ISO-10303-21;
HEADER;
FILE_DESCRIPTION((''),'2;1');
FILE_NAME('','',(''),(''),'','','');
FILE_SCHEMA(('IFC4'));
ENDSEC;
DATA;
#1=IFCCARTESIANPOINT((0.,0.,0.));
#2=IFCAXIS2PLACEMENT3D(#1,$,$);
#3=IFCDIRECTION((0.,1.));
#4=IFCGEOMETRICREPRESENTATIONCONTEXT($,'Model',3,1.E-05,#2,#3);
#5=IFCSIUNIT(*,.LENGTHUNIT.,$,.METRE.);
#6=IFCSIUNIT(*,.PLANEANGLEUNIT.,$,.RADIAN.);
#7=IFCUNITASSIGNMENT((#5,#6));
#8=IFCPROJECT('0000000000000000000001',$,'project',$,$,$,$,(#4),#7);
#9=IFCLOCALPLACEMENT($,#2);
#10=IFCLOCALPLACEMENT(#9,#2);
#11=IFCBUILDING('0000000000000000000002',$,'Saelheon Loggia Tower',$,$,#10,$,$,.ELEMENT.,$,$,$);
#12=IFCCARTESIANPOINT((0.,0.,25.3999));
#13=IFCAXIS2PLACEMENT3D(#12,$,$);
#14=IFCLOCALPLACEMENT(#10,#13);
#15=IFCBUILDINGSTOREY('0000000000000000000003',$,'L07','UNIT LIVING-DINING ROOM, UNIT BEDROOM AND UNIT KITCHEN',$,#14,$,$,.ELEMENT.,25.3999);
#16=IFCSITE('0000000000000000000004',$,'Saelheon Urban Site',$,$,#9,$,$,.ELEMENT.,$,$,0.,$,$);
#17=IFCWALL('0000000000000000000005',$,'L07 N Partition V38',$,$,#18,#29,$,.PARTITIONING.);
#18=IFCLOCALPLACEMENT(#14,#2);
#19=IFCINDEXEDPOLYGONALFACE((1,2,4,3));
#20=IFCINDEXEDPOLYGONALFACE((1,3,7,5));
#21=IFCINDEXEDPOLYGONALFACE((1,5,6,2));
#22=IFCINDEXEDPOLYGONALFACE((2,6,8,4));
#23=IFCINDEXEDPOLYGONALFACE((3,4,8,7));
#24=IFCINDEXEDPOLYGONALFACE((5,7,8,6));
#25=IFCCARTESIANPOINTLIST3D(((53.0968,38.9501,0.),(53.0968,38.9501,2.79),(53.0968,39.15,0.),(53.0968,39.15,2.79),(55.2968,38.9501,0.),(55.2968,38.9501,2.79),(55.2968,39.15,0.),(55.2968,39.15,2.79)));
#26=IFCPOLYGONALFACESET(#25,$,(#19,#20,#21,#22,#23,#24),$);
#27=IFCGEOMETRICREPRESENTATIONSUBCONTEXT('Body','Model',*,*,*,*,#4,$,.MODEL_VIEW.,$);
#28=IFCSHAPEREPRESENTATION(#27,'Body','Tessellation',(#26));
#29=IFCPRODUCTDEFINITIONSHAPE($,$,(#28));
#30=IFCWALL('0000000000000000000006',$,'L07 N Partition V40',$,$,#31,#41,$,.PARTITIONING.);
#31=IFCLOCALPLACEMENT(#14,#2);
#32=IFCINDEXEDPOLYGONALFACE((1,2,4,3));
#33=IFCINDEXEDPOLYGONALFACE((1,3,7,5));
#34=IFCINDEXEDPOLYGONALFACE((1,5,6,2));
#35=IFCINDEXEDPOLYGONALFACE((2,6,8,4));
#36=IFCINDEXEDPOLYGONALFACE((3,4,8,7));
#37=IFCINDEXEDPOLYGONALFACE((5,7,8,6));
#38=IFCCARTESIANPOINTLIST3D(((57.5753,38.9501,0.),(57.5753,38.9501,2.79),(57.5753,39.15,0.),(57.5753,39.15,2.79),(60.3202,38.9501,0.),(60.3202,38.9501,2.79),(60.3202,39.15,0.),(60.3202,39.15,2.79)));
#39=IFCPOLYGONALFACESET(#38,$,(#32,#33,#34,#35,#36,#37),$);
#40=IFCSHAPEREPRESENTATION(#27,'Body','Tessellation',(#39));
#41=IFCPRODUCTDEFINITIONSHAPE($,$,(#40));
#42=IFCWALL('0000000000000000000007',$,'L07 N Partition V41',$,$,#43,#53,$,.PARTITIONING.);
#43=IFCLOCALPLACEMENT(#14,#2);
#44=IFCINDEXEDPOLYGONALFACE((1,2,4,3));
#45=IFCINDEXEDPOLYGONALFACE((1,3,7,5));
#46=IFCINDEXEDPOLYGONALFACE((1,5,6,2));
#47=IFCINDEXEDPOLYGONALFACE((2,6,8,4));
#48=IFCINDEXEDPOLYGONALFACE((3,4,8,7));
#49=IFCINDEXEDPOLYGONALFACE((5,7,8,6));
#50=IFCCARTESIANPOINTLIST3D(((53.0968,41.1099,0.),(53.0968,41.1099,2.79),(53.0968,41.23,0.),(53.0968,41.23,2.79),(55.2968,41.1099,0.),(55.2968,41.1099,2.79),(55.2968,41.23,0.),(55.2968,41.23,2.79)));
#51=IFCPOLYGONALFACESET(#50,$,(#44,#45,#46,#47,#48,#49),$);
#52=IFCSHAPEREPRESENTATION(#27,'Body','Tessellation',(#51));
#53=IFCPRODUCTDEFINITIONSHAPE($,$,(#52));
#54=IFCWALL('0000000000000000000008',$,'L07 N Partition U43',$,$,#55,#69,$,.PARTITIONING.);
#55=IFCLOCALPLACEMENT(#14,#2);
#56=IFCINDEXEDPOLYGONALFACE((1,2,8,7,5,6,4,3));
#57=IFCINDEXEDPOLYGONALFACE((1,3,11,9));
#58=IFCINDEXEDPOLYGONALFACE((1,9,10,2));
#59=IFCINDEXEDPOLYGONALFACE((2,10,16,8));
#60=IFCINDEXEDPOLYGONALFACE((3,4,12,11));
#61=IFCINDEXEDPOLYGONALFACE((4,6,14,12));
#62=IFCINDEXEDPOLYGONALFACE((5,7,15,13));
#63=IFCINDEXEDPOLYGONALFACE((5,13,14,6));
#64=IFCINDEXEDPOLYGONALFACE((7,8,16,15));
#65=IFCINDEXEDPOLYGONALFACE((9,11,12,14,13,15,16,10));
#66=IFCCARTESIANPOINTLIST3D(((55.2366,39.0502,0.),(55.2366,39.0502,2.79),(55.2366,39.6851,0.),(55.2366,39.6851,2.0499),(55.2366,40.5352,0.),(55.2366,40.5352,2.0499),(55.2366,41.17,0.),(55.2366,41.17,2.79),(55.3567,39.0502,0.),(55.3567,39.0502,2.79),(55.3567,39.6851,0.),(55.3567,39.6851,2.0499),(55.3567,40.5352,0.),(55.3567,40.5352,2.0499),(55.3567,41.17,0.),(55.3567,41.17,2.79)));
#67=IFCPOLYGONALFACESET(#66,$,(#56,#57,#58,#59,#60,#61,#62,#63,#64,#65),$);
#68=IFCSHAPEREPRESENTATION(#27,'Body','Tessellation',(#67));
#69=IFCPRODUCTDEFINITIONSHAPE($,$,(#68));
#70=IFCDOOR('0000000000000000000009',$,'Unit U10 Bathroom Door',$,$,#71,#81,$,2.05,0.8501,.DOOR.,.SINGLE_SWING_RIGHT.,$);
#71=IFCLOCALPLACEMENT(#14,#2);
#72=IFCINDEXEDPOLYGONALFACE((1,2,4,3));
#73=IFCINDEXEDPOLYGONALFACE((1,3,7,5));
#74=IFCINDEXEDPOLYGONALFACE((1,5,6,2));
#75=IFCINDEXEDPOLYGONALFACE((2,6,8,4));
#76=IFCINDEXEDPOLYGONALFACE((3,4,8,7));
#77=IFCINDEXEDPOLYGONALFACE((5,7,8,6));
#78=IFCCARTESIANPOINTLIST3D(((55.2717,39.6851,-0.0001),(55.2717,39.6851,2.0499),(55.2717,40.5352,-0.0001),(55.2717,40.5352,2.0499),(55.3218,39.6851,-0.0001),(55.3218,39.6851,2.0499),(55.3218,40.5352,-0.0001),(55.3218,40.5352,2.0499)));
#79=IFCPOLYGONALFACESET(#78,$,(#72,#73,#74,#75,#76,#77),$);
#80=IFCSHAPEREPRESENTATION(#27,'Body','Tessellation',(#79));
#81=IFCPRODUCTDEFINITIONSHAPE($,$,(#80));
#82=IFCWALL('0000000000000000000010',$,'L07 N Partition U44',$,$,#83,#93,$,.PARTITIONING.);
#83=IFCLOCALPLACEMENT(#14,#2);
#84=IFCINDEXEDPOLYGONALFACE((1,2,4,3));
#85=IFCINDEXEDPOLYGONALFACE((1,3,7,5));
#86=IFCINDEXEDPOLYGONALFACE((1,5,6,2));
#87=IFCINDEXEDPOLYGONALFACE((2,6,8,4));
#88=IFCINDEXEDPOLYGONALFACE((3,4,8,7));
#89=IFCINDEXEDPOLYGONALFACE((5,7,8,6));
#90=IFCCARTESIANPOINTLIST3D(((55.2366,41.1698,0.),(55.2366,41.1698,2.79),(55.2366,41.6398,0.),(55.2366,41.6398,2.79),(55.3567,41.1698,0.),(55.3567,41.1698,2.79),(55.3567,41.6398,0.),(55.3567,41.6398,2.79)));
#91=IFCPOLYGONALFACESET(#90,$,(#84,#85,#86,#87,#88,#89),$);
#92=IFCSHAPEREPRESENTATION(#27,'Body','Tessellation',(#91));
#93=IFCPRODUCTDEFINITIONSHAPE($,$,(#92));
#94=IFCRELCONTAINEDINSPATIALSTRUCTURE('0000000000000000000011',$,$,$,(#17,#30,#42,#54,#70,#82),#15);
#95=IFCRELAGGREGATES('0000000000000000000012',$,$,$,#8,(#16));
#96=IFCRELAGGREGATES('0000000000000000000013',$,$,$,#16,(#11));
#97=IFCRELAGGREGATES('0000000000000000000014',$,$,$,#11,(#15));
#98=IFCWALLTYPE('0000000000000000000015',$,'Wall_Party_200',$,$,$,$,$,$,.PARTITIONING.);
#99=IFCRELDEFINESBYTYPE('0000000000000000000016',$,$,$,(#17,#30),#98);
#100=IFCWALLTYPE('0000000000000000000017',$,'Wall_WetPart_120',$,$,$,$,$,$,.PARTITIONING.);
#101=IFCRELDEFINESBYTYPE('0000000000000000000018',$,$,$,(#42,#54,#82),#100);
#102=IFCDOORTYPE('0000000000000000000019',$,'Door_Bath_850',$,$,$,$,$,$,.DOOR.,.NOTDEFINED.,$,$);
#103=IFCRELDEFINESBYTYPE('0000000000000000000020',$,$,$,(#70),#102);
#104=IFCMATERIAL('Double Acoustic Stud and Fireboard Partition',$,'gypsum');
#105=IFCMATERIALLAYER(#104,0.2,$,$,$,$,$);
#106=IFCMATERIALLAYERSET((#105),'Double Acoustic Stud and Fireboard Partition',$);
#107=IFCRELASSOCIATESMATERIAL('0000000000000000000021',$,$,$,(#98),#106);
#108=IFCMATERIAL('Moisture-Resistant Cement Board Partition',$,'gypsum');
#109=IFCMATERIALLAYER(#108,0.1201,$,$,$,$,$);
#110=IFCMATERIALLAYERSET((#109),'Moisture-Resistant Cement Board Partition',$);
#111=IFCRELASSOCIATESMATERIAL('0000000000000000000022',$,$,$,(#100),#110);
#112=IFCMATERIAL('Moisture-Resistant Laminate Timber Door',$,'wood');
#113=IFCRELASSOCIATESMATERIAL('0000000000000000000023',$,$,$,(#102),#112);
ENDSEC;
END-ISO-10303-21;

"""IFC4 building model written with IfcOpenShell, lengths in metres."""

from ifc_helpers import new_model, si_unit, direction, frame, frame_2d, origin, place, context, subcontext, project, spatial, rectangle, extrude, source, transform, mapped, material, layer, layer_set, type_object, element, fill, save


model = new_model("IFC4")

# Units and contexts
model_context = context("Model", 3, precision=1e-05, world=origin(), true_north=direction((0.0, 1.0)))
body_context = subcontext(model_context, "Body", "Model", "MODEL_VIEW")
ifc_project = project(units=[si_unit("LENGTHUNIT", "METRE"), si_unit("PLANEANGLEUNIT", "RADIAN")], contexts=[model_context])

# Site, building, storey
site_placement = place(None, origin())
site = spatial("IfcSite", under=ifc_project, at=site_placement, Name="Saelheon Urban Site", CompositionType="ELEMENT", RefElevation=0.0)
building_placement = place(site_placement, origin())
building = spatial("IfcBuilding", under=site, at=building_placement, Name="Saelheon Loggia Tower", CompositionType="ELEMENT")
storey_placement = place(building_placement, frame((0.0, 0.0, 25.3999)))
storey = spatial("IfcBuildingStorey", under=building, at=storey_placement, Name="L07", Description="UNIT LIVING-DINING ROOM, UNIT BEDROOM AND UNIT KITCHEN", CompositionType="ELEMENT", Elevation=25.3999)

# Wall
ifc_material_1 = material(Name="Double Acoustic Stud and Fireboard Partition", Category="gypsum")
ifc_layer_1 = layer(ifc_material_1, 0.2)
ifc_layer_set_1 = layer_set([ifc_layer_1], Name="Double Acoustic Stud and Fireboard Partition")
wall_type_1 = type_object("IfcWallType", Name="Wall_Party_200", PredefinedType="PARTITIONING", material=ifc_layer_set_1)
wall_1_placement = place(storey_placement, frame((53.0967, 39.05, 0.0), z_axis=(0.0, 0.0, 1.0), x_axis=(1.0, 0.0, 0.0)))
element("IfcWall", 1, at=wall_1_placement, inside=storey, type_object=wall_type_1, Name="L07 N Partition V38", PredefinedType="PARTITIONING", context=body_context, shape_type="SweptSolid", body=[
    extrude(rectangle(XDim=2.2, YDim=0.2, at=frame_2d((1.1001, 0.0))), origin(), (0.0, 0.0, 1.0), 2.79),
])

# Walls
wall_2_placement = place(storey_placement, frame((57.5752, 39.05, 0.0), z_axis=(0.0, 0.0, 1.0), x_axis=(1.0, 0.0, 0.0)))
element("IfcWall", 2, at=wall_2_placement, inside=storey, type_object=wall_type_1, Name="L07 N Partition V40", PredefinedType="PARTITIONING", context=body_context, shape_type="SweptSolid", body=[
    extrude(rectangle(XDim=2.7449, YDim=0.2, at=frame_2d((1.3726, 0.0))), origin(), (0.0, 0.0, 1.0), 2.79),
])
ifc_material_2 = material(Name="Moisture-Resistant Cement Board Partition", Category="gypsum")
ifc_layer_2 = layer(ifc_material_2, 0.1201)
ifc_layer_set_2 = layer_set([ifc_layer_2], Name="Moisture-Resistant Cement Board Partition")
wall_type_2 = type_object("IfcWallType", Name="Wall_WetPart_120", PredefinedType="PARTITIONING", material=ifc_layer_set_2)
wall_3_placement = place(storey_placement, frame((53.0967, 41.1699, 0.0), z_axis=(0.0, 0.0, 1.0), x_axis=(1.0, 0.0, 0.0)))
element("IfcWall", 3, at=wall_3_placement, inside=storey, type_object=wall_type_2, Name="L07 N Partition V41", PredefinedType="PARTITIONING", context=body_context, shape_type="SweptSolid", body=[
    extrude(rectangle(XDim=2.2, YDim=0.1201, at=frame_2d((1.1001, 0.0))), origin(), (0.0, 0.0, 1.0), 2.79),
])

# Wall, opening, door
wall_4_placement = place(storey_placement, frame((55.2966, 39.05, 0.0), z_axis=(0.0, 0.0, 1.0), x_axis=(0.0, 1.0, 0.0)))
wall_4 = element("IfcWall", 4, at=wall_4_placement, inside=storey, type_object=wall_type_2, Name="L07 N Partition U43", PredefinedType="PARTITIONING", context=body_context, shape_type="SweptSolid", body=[
    extrude(rectangle(XDim=2.1199, YDim=0.1201, at=frame_2d((1.0601, 0.0))), origin(), (0.0, 0.0, 1.0), 2.79),
])
opening_1_placement = place(wall_4_placement, frame((0.635, 0.0, 0.0)))
opening_1 = element("IfcOpeningElement", 5, at=opening_1_placement, cuts=wall_4, PredefinedType="OPENING", context=body_context, shape_type="SweptSolid", body=[
    extrude(rectangle(XDim=0.8501, YDim=2.05, at=frame_2d((0.425, 1.0249))), frame((0.0, 0.072, 0.0), z_axis=(0.0, -1.0, 0.0), x_axis=(1.0, 0.0, 0.0)), (0.0, 0.0, 1.0), 0.144),
])
ifc_material_3 = material(Name="Moisture-Resistant Laminate Timber Door", Category="wood")
door_type_1 = type_object("IfcDoorType", Name="Door_Bath_850", OperationType="NOTDEFINED", PredefinedType="DOOR", material=ifc_material_3)
shared_shape_1 = source(origin(), body_context, "Body", "SweptSolid", [
    extrude(rectangle(XDim=0.8501, YDim=2.05, at=frame_2d((0.425, 1.0249))), frame((0.0, 0.0249, 0.0), z_axis=(0.0, -1.0, 0.0), x_axis=(1.0, 0.0, 0.0)), (0.0, 0.0, 1.0), 0.05),
])
door_1_placement = place(opening_1_placement, origin())
door_1 = element("IfcDoor", 6, at=door_1_placement, inside=storey, type_object=door_type_1, Name="Unit U10 Bathroom Door", OperationType="SINGLE_SWING_RIGHT", OverallHeight=2.05, OverallWidth=0.8501, PredefinedType="DOOR", context=body_context, shape_type="MappedRepresentation", body=[
    mapped(shared_shape_1, transform((0.0, 0.0, 0.0), scale=1.0)),
])
fill(opening_1, door_1)

# Wall
wall_5_placement = place(storey_placement, frame((55.2966, 41.1699, 0.0), z_axis=(0.0, 0.0, 1.0), x_axis=(0.0, 1.0, 0.0)))
element("IfcWall", 7, at=wall_5_placement, inside=storey, type_object=wall_type_2, Name="L07 N Partition U44", PredefinedType="PARTITIONING", context=body_context, shape_type="SweptSolid", body=[
    extrude(rectangle(XDim=0.47, YDim=0.1201, at=frame_2d((0.2349, 0.0))), origin(), (0.0, 0.0, 1.0), 2.79),
])

save(model, "model.ifc")
